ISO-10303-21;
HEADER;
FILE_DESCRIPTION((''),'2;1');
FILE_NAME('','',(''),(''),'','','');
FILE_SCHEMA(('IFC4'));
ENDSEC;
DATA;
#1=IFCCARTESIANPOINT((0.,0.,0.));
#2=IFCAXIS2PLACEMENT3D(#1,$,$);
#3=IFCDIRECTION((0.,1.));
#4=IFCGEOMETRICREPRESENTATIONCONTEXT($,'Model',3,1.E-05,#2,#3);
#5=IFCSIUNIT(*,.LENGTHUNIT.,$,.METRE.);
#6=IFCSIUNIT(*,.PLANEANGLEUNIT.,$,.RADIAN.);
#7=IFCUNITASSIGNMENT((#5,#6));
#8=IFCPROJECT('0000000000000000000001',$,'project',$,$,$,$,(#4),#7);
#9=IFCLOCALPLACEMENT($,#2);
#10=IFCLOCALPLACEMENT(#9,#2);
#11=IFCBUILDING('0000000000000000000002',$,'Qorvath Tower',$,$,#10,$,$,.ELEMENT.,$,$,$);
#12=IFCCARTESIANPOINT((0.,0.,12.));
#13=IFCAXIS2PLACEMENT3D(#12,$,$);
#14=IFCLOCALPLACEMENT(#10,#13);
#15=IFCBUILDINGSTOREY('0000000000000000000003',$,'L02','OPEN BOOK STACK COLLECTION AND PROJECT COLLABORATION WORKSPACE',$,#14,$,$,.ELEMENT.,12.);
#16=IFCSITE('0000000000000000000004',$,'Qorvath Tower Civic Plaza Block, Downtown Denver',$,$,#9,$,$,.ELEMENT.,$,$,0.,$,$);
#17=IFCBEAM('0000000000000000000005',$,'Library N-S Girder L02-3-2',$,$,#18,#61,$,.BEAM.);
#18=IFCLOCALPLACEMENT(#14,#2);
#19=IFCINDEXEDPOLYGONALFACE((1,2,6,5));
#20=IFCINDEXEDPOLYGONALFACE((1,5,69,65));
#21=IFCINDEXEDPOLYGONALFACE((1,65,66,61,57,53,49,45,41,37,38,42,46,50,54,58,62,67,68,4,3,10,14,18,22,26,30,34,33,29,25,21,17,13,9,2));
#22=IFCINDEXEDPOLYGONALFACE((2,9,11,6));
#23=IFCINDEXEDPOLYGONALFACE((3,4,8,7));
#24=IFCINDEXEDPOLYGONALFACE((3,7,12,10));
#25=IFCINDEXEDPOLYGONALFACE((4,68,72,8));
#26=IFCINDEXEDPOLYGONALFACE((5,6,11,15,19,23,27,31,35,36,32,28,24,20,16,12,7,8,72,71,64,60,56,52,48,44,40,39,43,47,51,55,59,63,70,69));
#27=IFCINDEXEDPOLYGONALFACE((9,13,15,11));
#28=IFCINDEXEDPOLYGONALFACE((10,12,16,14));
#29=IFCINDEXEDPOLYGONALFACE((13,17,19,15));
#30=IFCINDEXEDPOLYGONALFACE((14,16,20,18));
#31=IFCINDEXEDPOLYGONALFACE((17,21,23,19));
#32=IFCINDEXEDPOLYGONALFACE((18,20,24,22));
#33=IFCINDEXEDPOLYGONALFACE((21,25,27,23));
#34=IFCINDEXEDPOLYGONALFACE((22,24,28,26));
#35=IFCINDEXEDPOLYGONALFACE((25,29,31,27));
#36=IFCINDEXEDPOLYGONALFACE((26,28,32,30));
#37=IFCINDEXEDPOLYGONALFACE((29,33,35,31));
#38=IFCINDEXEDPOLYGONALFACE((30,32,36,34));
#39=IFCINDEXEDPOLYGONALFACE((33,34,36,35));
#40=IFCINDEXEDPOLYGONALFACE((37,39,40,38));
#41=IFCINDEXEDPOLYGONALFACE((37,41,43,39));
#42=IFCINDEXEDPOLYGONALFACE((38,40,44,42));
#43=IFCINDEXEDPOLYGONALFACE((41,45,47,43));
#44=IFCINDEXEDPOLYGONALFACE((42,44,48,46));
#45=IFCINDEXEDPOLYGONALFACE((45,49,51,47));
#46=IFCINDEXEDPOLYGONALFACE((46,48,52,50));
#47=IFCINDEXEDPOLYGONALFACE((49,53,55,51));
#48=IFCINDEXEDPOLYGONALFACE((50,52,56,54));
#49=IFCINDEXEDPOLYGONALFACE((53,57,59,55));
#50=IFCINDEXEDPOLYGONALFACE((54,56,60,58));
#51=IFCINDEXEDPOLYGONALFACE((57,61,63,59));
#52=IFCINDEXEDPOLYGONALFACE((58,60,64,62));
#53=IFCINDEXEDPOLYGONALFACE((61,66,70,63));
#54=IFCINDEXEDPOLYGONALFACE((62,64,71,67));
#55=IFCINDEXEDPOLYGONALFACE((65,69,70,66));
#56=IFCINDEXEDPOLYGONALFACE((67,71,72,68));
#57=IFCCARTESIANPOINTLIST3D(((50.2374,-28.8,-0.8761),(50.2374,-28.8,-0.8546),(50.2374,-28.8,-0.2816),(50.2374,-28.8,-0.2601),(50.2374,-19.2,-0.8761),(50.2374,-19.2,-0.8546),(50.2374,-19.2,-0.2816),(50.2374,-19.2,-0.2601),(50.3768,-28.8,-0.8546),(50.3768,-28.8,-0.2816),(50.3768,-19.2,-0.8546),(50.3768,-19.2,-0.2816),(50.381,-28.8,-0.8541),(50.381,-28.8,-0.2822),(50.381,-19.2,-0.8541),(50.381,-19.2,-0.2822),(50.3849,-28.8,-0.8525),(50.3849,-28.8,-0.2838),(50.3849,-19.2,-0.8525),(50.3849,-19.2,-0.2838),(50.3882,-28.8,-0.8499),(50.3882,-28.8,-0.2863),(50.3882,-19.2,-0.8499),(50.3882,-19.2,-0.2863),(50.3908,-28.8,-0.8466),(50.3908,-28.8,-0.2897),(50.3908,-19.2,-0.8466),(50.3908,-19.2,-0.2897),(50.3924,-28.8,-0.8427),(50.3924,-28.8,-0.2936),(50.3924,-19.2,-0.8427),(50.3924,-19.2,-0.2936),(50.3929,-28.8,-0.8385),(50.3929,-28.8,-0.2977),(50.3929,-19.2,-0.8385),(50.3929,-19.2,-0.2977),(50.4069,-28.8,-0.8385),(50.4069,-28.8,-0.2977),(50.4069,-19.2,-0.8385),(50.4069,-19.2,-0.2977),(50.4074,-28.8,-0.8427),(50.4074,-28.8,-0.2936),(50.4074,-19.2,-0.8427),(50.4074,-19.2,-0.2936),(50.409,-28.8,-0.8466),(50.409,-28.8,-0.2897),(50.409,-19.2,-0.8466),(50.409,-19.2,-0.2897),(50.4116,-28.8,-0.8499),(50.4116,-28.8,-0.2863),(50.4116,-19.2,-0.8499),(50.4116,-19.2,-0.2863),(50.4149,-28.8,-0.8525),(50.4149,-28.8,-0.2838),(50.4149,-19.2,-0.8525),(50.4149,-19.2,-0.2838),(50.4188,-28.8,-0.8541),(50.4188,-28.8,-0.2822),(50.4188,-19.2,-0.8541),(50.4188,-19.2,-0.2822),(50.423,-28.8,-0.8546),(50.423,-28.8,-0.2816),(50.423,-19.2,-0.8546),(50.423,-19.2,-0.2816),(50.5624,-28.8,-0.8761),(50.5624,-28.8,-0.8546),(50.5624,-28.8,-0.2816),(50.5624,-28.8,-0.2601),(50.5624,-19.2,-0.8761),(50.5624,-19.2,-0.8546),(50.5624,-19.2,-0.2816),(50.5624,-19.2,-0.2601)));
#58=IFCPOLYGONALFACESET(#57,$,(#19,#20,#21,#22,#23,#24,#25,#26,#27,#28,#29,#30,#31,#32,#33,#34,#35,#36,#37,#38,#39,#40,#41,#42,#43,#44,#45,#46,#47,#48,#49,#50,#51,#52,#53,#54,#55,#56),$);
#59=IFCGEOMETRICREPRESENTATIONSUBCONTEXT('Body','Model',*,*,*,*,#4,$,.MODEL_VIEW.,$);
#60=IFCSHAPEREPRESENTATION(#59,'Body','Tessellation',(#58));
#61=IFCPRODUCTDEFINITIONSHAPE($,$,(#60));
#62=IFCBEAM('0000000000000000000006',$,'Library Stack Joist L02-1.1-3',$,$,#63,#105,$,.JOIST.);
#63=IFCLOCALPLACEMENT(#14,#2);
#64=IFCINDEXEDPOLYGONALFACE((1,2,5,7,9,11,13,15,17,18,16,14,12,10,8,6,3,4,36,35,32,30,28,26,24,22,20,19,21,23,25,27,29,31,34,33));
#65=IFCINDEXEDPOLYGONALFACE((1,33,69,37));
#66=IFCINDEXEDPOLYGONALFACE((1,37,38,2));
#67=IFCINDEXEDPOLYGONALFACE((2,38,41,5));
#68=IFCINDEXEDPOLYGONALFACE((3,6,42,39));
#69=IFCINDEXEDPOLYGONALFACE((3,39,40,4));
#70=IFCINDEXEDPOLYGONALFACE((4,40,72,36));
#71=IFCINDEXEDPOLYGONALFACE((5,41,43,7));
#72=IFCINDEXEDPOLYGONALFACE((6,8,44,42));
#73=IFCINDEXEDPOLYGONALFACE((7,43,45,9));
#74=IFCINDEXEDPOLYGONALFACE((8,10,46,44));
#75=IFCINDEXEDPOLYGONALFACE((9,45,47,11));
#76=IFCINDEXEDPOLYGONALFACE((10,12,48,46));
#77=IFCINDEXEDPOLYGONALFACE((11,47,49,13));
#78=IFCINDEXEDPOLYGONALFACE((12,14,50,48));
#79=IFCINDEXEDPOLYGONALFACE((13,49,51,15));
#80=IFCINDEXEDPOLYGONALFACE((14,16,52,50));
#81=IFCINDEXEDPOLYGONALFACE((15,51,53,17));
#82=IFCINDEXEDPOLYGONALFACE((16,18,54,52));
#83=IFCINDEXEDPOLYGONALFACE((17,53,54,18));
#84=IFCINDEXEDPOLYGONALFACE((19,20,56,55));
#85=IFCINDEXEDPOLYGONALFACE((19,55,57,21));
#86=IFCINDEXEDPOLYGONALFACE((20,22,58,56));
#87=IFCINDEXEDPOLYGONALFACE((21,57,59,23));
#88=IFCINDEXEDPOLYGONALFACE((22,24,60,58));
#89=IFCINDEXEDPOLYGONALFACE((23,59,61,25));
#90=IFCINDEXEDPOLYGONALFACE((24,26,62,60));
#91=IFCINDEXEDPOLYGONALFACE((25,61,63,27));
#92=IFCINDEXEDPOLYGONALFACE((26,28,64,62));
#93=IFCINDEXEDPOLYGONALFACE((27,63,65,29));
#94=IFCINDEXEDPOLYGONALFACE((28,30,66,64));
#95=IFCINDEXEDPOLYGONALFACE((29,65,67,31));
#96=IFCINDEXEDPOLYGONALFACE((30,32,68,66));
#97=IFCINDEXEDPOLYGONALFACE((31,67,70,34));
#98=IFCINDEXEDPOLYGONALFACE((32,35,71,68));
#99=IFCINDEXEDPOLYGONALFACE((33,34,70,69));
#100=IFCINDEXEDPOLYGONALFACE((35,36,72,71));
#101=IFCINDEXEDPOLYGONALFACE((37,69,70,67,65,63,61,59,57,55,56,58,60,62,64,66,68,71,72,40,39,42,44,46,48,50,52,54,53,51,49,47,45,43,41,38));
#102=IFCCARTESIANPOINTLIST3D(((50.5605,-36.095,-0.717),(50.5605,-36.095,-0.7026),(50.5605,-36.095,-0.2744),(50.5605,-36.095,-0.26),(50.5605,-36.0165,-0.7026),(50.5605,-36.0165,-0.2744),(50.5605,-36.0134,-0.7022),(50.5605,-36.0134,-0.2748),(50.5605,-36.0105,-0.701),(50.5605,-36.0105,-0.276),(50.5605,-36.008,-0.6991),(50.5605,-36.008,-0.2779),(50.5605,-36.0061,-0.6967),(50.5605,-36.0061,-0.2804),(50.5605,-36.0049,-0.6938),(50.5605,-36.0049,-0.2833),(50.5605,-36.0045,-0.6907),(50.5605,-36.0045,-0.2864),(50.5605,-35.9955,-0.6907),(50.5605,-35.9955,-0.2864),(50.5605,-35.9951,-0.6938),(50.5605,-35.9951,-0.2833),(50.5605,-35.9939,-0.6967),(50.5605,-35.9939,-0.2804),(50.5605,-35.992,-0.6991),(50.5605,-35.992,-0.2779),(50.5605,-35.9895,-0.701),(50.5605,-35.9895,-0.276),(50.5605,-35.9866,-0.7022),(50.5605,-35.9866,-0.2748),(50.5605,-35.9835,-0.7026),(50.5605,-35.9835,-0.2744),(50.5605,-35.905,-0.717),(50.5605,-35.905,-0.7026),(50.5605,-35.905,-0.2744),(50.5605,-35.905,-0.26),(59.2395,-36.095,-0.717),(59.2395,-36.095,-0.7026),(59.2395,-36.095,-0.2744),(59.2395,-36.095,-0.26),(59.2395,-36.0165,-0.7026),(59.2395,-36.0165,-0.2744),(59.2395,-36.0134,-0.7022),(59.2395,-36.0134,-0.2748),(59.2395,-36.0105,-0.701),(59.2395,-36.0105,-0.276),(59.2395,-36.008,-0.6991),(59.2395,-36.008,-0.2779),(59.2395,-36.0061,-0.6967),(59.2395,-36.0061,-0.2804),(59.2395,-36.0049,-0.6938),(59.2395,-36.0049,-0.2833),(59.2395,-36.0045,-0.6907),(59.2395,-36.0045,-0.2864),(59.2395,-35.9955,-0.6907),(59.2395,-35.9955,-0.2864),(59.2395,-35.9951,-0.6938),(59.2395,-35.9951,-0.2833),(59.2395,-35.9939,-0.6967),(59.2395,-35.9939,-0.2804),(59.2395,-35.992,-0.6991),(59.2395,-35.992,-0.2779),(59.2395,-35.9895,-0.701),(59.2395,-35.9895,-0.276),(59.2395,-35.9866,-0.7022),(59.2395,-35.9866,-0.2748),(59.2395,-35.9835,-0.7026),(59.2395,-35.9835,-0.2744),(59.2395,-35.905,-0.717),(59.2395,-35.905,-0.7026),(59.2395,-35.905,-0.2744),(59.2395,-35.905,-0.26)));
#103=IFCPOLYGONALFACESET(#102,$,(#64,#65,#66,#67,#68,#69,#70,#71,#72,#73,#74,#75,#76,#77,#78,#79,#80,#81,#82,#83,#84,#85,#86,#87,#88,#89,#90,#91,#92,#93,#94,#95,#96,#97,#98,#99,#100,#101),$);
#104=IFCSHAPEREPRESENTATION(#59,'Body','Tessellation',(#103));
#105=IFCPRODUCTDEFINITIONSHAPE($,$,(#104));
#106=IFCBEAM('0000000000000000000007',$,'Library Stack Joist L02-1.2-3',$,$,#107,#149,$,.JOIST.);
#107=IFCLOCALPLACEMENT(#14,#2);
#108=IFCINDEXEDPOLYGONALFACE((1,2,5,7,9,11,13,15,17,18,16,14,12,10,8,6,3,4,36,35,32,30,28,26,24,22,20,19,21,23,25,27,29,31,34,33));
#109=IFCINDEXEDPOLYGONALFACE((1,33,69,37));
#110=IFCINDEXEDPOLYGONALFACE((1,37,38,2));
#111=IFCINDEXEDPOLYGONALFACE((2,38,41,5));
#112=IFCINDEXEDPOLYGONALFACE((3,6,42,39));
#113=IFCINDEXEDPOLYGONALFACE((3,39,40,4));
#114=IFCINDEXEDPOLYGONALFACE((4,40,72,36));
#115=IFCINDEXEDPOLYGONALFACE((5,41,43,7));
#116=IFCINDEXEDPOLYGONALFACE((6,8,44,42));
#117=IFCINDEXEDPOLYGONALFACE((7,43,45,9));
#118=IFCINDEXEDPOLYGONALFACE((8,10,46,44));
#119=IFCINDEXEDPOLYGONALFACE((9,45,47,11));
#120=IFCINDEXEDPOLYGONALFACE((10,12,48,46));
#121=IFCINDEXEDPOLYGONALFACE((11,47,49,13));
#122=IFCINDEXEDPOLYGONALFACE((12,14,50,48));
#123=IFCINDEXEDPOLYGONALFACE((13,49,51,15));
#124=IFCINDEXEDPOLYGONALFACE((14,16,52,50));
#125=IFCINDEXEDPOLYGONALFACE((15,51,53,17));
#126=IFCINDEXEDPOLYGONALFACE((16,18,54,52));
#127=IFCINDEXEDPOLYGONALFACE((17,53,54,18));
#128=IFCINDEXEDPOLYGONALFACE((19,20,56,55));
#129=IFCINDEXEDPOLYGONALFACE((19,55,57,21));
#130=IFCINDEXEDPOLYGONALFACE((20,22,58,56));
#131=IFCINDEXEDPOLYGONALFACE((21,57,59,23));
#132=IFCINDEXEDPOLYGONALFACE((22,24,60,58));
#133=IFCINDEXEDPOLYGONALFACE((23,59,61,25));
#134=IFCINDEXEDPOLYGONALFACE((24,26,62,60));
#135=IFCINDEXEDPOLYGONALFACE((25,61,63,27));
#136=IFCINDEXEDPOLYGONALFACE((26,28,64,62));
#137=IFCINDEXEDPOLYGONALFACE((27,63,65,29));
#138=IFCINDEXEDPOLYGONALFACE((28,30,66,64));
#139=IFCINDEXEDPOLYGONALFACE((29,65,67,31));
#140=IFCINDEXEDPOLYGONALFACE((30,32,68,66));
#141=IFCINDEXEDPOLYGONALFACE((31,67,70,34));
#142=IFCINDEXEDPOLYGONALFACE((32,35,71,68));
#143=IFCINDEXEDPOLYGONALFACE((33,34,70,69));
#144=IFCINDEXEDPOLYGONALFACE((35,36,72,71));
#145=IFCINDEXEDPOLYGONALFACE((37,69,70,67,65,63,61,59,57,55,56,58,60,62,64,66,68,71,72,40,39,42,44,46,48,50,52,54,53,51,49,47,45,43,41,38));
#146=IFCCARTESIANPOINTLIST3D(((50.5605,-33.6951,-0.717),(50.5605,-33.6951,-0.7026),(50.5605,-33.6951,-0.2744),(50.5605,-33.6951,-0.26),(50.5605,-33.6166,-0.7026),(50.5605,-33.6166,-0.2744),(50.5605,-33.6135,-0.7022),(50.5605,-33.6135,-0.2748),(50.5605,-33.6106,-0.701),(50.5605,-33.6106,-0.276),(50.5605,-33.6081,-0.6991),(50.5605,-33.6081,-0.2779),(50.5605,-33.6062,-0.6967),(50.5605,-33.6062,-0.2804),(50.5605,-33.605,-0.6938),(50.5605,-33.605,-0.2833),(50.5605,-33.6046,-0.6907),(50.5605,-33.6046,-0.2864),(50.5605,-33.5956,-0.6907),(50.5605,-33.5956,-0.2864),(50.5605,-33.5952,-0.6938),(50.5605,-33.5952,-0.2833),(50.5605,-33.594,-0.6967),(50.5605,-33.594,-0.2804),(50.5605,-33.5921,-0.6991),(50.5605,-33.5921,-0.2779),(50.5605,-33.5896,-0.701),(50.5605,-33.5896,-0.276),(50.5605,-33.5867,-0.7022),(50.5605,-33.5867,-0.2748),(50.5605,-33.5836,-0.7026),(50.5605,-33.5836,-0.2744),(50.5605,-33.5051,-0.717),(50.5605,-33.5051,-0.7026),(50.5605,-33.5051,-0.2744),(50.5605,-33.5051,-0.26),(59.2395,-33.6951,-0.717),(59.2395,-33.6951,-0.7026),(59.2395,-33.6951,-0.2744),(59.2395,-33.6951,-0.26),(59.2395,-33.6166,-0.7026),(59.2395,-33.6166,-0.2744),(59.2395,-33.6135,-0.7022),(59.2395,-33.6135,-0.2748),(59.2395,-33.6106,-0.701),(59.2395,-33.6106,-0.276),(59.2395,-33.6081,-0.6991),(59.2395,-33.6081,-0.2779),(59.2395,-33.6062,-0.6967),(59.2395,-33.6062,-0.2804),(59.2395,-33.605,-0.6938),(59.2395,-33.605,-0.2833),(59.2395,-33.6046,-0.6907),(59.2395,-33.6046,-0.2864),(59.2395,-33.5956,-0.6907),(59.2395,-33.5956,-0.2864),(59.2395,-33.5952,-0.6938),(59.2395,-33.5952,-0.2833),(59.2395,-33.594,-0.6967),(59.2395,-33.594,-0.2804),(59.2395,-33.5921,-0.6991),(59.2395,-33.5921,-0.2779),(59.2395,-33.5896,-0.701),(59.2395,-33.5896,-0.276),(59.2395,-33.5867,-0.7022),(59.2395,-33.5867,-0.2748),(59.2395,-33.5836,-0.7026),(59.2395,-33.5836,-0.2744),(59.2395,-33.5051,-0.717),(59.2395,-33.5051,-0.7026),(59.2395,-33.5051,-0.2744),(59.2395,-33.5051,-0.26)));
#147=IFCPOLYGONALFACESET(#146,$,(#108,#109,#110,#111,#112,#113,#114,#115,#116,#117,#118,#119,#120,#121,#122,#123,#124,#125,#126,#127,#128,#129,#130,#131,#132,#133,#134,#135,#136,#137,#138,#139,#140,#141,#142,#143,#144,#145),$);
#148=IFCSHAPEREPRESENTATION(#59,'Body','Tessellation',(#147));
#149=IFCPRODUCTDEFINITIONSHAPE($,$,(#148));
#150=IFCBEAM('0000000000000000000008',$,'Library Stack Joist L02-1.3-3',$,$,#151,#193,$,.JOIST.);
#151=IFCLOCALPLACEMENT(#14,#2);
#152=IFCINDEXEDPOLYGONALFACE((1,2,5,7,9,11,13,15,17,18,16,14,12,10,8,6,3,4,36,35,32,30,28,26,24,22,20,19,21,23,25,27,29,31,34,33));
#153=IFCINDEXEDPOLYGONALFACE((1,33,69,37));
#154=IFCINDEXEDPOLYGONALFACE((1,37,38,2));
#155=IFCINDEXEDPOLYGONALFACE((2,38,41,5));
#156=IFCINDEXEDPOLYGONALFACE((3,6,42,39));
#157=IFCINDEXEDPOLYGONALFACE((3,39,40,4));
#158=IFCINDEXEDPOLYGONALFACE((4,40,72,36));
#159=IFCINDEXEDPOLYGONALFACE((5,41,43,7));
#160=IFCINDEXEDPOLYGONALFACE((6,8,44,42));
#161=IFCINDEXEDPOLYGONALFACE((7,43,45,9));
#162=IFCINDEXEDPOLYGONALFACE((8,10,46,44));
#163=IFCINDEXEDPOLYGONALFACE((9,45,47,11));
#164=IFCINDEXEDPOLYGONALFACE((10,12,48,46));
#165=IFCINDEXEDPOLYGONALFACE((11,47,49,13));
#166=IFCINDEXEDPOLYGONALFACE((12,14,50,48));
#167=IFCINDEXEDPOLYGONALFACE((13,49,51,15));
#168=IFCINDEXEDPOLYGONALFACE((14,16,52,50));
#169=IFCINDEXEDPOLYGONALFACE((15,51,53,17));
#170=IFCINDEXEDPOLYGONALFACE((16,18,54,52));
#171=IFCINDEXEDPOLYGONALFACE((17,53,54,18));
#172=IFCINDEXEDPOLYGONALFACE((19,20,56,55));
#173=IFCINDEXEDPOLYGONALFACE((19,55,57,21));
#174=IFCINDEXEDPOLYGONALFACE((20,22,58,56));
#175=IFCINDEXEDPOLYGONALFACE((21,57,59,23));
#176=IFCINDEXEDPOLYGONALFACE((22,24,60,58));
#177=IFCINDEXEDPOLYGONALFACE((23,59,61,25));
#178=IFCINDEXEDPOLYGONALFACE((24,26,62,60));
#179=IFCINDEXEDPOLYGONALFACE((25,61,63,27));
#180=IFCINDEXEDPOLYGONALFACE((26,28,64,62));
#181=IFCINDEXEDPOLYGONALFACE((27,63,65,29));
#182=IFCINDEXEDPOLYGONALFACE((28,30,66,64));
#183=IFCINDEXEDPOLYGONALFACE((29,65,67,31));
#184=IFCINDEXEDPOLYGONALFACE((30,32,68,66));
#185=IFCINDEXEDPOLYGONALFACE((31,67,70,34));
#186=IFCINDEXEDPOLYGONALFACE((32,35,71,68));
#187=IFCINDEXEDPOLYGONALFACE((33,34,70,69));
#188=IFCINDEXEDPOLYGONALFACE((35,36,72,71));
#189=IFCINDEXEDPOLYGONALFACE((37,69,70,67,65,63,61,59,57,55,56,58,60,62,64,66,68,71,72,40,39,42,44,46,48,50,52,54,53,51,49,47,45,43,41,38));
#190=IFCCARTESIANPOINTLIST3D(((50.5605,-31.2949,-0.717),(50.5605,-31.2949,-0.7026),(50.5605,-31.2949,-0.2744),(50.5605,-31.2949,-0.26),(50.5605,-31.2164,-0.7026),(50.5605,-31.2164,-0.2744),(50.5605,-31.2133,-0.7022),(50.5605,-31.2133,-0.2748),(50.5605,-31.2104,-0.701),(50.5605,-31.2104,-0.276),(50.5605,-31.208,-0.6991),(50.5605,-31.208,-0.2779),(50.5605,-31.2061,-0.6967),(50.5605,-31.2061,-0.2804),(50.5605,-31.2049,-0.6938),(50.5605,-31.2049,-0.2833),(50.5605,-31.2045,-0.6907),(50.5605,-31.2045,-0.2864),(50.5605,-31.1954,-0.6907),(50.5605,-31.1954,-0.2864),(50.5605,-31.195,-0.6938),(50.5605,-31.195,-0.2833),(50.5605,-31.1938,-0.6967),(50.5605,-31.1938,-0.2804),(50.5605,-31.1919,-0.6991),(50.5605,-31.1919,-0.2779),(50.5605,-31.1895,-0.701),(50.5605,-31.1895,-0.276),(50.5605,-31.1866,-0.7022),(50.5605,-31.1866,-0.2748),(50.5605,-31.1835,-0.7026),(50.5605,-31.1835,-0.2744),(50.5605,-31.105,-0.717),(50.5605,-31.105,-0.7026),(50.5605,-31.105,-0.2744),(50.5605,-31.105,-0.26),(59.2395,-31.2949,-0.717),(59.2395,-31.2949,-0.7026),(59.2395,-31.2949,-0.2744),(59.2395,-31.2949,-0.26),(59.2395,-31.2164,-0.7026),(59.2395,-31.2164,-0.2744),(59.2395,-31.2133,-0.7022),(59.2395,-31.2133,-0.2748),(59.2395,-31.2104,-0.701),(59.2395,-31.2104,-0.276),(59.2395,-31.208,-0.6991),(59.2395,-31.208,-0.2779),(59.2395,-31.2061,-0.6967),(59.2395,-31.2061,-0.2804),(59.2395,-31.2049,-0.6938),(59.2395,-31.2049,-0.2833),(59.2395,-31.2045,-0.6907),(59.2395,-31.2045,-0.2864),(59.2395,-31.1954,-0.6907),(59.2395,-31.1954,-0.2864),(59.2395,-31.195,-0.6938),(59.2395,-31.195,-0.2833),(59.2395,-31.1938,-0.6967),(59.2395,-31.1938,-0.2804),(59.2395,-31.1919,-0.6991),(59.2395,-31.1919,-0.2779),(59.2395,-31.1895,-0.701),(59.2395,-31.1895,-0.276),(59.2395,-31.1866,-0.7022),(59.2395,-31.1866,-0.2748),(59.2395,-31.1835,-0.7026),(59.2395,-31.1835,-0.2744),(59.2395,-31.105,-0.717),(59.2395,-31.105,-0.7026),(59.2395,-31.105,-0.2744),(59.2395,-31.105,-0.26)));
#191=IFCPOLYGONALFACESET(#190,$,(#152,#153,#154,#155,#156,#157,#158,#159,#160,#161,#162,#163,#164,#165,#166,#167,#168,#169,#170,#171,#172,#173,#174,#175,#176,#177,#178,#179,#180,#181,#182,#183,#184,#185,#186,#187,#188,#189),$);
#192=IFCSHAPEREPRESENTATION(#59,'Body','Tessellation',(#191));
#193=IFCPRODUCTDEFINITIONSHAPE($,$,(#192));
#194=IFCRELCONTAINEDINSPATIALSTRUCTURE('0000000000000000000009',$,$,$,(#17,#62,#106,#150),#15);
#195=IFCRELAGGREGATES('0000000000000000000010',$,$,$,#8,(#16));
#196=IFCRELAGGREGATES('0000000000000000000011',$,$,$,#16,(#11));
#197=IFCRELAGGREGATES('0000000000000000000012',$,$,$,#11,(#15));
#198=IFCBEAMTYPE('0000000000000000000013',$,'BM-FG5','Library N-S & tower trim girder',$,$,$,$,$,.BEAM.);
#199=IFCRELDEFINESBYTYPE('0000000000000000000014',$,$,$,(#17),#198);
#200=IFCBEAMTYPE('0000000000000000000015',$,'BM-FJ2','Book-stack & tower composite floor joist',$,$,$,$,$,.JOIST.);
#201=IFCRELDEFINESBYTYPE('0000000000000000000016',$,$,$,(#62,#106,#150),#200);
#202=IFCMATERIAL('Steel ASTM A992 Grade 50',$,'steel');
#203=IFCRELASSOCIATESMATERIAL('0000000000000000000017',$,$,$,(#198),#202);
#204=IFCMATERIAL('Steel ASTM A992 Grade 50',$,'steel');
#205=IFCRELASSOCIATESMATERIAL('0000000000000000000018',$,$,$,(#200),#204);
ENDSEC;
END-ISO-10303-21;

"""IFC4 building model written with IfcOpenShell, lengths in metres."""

from ifc_helpers import new_model, si_unit, direction, frame, origin, origin_2d, place, context, subcontext, project, spatial, i_section, extrude, material, material_profile, profile_set, type_object, element, save


model = new_model("IFC4")

# Units and contexts
model_context = context("Model", 3, precision=1e-05, world=origin(), true_north=direction((0.0, 1.0)))
body_context = subcontext(model_context, "Body", "Model", "MODEL_VIEW")
ifc_project = project(units=[si_unit("LENGTHUNIT", "METRE"), si_unit("PLANEANGLEUNIT", "RADIAN")], contexts=[model_context])

# Site, building, storey
site_placement = place(None, origin())
site = spatial("IfcSite", under=ifc_project, at=site_placement, Name="Qorvath Tower Civic Plaza Block, Downtown Denver", CompositionType="ELEMENT", RefElevation=0.0)
building_placement = place(site_placement, origin())
building = spatial("IfcBuilding", under=site, at=building_placement, Name="Qorvath Tower", CompositionType="ELEMENT")
storey_placement = place(building_placement, frame((0.0, 0.0, 12.0)))
storey = spatial("IfcBuildingStorey", under=building, at=storey_placement, Name="L02", Description="OPEN BOOK STACK COLLECTION AND PROJECT COLLABORATION WORKSPACE", CompositionType="ELEMENT", Elevation=12.0)

# Beams
ifc_material_1 = material(Name="Steel ASTM A992 Grade 50", Category="steel")
ifc_material_profile_1 = material_profile(ifc_material_1, i_section(OverallWidth=0.325, OverallDepth=0.616, WebThickness=0.0139, FlangeThickness=0.0215, FilletRadius=0.0161, at=origin_2d()), Name="W24x117")
ifc_profile_set_1 = profile_set([ifc_material_profile_1], Name="Steel ASTM A992 Grade 50")
beam_type_1 = type_object("IfcBeamType", Name="BM-FG5", Description="Library N-S & tower trim girder", PredefinedType="BEAM", material=ifc_profile_set_1)
beam_1_placement = place(storey_placement, frame((50.3999, -28.8, -0.5681), z_axis=(0.0, 1.0, 0.0), x_axis=(-1.0, 0.0, 0.0)))
element("IfcBeam", 1, at=beam_1_placement, inside=storey, type_object=beam_type_1, Name="Library N-S Girder L02-3-2", PredefinedType="BEAM", context=body_context, shape_type="SweptSolid", body=[
    extrude(i_section(OverallWidth=0.325, OverallDepth=0.616, WebThickness=0.0139, FlangeThickness=0.0215, FilletRadius=0.0161, at=origin_2d()), origin(), (0.0, 0.0, 1.0), 9.6001),
])
ifc_material_2 = material(Name="Steel ASTM A992 Grade 50", Category="steel")
ifc_material_profile_2 = material_profile(ifc_material_2, i_section(OverallWidth=0.1899, OverallDepth=0.457, WebThickness=0.009, FlangeThickness=0.0144, FilletRadius=0.012, at=origin_2d()), Name="W18x50")
ifc_profile_set_2 = profile_set([ifc_material_profile_2], Name="Steel ASTM A992 Grade 50")
beam_type_2 = type_object("IfcBeamType", Name="BM-FJ2", Description="Book-stack & tower composite floor joist", PredefinedType="JOIST", material=ifc_profile_set_2)
for number, where, z_axis, x_axis, name in (
    (2, (50.5605, -36.0, -0.4885), (1.0, 0.0, 0.0), (0.0, 1.0, 0.0), "Library Stack Joist L02-1.1-3"),
    (3, (50.5605, -33.6001, -0.4885), (1.0, 0.0, 0.0), (0.0, 1.0, 0.0), "Library Stack Joist L02-1.2-3"),
    (4, (50.5605, -31.2, -0.4885), (1.0, 0.0, 0.0), (0.0, 1.0, 0.0), "Library Stack Joist L02-1.3-3"),
):
    element("IfcBeam", number, at=place(storey_placement, frame(where, z_axis=z_axis, x_axis=x_axis)), inside=storey, type_object=beam_type_2, Name=name, PredefinedType="JOIST", context=body_context, shape_type="SweptSolid", body=[
        extrude(i_section(OverallWidth=0.1899, OverallDepth=0.457, WebThickness=0.009, FlangeThickness=0.0144, FilletRadius=0.012, at=origin_2d()), origin(), (0.0, 0.0, 1.0), 8.679),
    ])

save(model, "model.ifc")
